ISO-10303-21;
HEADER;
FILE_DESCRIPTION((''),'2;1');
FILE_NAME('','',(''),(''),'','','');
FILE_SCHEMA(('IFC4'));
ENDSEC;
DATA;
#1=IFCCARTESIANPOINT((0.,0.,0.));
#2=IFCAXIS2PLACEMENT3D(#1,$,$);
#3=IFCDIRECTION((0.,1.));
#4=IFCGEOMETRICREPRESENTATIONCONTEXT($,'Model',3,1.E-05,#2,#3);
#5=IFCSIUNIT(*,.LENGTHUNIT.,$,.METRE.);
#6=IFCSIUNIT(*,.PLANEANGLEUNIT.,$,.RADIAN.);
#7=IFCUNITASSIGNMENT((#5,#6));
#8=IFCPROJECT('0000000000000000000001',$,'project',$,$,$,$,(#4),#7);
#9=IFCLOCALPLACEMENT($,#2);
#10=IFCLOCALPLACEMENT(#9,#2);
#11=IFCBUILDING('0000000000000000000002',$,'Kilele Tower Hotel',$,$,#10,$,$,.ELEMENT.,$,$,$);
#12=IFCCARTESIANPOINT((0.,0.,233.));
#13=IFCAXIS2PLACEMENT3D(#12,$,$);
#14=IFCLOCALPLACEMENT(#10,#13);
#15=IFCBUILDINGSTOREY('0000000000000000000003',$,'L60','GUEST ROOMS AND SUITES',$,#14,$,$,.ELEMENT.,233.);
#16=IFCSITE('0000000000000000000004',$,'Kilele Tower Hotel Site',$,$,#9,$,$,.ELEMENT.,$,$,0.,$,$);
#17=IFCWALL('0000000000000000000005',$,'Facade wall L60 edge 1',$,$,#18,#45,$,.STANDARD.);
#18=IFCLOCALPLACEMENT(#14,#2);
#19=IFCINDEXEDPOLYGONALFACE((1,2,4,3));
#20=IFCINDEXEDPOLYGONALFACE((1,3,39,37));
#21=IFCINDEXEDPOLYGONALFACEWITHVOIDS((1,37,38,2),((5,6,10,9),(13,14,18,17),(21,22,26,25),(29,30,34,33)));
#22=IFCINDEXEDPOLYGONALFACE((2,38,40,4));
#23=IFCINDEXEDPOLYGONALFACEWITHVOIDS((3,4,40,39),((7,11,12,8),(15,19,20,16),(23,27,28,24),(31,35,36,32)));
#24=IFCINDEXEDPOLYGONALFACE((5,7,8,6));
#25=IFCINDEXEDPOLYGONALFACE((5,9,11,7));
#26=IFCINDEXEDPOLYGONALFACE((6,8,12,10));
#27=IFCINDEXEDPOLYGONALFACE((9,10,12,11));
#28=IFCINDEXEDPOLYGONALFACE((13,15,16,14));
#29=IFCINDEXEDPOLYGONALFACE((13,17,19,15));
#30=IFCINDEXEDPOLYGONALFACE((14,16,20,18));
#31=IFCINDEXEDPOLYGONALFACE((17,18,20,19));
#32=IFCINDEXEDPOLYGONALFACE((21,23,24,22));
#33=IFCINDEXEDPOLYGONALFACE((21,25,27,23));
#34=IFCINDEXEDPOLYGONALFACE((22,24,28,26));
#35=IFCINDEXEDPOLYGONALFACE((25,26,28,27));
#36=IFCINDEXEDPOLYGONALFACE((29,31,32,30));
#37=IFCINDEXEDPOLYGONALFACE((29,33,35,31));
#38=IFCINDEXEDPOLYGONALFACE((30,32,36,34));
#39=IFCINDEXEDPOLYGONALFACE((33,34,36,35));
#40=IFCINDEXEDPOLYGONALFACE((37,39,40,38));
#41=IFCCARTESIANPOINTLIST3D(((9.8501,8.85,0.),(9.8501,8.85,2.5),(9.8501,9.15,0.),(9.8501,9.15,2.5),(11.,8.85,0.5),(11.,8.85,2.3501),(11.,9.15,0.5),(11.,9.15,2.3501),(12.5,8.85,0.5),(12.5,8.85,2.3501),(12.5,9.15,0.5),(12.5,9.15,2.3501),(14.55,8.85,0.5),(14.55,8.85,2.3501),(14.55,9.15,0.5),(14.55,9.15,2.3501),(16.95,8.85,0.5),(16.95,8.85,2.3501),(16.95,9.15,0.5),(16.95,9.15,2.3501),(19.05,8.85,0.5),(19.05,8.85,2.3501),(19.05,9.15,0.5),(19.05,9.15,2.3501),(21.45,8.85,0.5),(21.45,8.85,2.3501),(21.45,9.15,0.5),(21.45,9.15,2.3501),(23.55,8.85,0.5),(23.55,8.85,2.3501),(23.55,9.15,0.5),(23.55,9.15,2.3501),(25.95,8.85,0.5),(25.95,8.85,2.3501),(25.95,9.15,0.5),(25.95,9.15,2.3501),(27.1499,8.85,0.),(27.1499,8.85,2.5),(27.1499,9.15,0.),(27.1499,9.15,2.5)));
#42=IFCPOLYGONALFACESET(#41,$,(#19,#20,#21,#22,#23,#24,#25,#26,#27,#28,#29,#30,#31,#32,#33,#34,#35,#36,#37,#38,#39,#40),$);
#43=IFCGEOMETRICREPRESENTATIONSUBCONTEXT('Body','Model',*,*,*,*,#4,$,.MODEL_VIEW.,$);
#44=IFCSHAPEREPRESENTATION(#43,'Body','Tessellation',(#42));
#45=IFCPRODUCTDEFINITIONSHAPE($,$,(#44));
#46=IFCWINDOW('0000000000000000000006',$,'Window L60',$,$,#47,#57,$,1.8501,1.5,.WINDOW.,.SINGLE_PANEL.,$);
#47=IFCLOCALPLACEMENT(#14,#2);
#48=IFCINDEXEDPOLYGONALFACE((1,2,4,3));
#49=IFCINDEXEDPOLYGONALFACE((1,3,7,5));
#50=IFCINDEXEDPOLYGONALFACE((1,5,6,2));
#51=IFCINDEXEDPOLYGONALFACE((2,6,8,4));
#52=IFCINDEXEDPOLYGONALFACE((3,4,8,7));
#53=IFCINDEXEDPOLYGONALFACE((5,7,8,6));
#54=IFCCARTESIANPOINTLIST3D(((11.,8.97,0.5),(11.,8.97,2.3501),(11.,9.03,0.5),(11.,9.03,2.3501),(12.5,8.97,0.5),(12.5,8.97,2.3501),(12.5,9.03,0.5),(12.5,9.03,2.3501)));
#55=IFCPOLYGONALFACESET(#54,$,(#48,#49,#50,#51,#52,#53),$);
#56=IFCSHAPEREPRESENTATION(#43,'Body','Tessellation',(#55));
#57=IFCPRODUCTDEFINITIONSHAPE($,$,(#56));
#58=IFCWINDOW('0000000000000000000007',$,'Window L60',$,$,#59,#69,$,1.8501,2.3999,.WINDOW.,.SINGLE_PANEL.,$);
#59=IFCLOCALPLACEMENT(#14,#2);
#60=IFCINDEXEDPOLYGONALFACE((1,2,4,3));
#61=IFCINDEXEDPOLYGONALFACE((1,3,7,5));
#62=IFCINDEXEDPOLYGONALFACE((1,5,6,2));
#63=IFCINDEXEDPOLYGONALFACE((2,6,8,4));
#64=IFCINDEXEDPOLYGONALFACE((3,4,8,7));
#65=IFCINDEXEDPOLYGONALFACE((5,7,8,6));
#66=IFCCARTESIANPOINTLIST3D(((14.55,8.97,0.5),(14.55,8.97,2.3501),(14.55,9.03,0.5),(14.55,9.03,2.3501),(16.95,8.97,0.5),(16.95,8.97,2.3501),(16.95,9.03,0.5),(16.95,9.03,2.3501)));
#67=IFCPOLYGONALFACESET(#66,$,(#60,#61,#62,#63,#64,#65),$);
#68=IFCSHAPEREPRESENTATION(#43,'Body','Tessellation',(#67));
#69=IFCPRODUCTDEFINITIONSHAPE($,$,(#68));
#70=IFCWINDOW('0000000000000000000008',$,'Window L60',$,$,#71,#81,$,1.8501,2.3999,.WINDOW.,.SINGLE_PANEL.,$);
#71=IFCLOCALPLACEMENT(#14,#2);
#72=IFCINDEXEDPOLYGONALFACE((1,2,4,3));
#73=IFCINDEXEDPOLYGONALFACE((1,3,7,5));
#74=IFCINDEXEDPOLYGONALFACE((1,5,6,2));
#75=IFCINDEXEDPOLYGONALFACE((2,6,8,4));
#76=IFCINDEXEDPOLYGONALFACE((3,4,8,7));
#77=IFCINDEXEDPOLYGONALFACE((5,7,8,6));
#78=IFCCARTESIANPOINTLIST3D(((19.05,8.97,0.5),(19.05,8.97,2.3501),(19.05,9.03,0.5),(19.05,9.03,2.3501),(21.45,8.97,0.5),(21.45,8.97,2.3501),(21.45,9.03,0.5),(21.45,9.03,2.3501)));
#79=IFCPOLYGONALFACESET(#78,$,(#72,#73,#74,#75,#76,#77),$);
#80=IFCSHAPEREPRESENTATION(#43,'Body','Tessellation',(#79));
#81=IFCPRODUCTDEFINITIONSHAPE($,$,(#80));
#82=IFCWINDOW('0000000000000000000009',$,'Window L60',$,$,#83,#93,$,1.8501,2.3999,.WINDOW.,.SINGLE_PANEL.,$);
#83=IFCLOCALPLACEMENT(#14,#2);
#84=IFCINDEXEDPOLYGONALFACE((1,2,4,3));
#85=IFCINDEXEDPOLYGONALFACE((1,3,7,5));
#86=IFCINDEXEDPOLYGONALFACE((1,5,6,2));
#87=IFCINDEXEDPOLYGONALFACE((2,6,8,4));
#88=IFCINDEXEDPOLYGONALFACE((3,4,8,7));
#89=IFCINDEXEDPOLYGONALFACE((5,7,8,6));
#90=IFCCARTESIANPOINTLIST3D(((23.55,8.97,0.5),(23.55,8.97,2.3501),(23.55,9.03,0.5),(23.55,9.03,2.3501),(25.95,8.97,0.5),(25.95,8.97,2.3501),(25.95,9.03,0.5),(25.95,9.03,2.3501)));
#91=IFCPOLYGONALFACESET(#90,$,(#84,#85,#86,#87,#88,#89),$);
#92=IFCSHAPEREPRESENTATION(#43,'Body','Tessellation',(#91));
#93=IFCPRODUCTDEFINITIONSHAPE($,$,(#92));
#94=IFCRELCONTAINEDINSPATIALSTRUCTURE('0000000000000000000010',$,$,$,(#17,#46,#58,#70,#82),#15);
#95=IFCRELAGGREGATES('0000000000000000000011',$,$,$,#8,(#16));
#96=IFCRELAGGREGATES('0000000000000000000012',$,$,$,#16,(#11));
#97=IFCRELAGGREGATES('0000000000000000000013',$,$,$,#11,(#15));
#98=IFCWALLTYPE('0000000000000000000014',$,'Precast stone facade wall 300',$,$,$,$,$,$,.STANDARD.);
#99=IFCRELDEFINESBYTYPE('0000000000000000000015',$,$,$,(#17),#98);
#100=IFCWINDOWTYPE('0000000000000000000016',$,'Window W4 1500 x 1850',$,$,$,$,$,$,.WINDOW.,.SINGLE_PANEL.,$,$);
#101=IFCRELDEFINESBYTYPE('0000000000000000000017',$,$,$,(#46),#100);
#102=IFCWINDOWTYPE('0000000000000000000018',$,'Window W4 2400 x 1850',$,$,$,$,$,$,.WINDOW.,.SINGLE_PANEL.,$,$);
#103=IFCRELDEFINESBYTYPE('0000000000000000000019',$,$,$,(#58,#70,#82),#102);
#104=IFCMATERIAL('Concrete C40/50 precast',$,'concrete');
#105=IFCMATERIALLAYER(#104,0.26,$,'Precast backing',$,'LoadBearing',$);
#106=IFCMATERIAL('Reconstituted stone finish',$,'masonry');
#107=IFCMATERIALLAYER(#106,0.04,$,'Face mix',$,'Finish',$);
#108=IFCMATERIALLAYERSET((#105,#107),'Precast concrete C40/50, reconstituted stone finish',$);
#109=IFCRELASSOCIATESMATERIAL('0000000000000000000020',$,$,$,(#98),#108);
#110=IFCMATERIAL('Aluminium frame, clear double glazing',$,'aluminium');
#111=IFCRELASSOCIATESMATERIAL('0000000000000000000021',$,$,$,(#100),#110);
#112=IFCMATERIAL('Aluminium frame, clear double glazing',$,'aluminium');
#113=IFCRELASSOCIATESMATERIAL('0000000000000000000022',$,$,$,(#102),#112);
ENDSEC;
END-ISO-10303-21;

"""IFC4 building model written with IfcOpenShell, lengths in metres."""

from ifc_helpers import new_model, si_unit, direction, frame, frame_2d, origin, place, context, subcontext, project, spatial, rectangle, extrude, material, layer, layer_set, type_object, element, fill, save


model = new_model("IFC4")

# Units and contexts
model_context = context("Model", 3, precision=1e-05, world=origin(), true_north=direction((0.0, 1.0)))
body_context = subcontext(model_context, "Body", "Model", "MODEL_VIEW")
ifc_project = project(units=[si_unit("LENGTHUNIT", "METRE"), si_unit("PLANEANGLEUNIT", "RADIAN")], contexts=[model_context])

# Site, building, storey
site_placement = place(None, origin())
site = spatial("IfcSite", under=ifc_project, at=site_placement, Name="Kilele Tower Hotel Site", CompositionType="ELEMENT", RefElevation=0.0)
building_placement = place(site_placement, origin())
building = spatial("IfcBuilding", under=site, at=building_placement, Name="Kilele Tower Hotel", CompositionType="ELEMENT")
storey_placement = place(building_placement, frame((0.0, 0.0, 233.0)))
storey = spatial("IfcBuildingStorey", under=building, at=storey_placement, Name="L60", Description="GUEST ROOMS AND SUITES", CompositionType="ELEMENT", Elevation=233.0)

# Wall, openings, windows
ifc_material_1 = material(Name="Concrete C40/50 precast", Category="concrete")
ifc_layer_1 = layer(ifc_material_1, 0.26, Name="Precast backing", Category="LoadBearing")
ifc_material_2 = material(Name="Reconstituted stone finish", Category="masonry")
ifc_layer_2 = layer(ifc_material_2, 0.04, Name="Face mix", Category="Finish")
ifc_layer_set_1 = layer_set([ifc_layer_1, ifc_layer_2], Name="Precast concrete C40/50, reconstituted stone finish")
wall_type = type_object("IfcWallType", Name="Precast stone facade wall 300", PredefinedType="STANDARD", material=ifc_layer_set_1)
wall_placement = place(storey_placement, frame((9.8501, 9.0, 0.0), z_axis=(0.0, 0.0, 1.0), x_axis=(1.0, 0.0, 0.0)))
wall = element("IfcWall", 1, at=wall_placement, inside=storey, type_object=wall_type, Name="Facade wall L60 edge 1", PredefinedType="STANDARD", context=body_context, shape_type="SweptSolid", body=[
    extrude(rectangle(XDim=17.2998, YDim=0.3, at=frame_2d((8.6499, 0.0))), origin(), (0.0, 0.0, 1.0), 2.5),
])
opening_1_placement = place(wall_placement, frame((1.1499, 0.0, 0.5)))
opening_1 = element("IfcOpeningElement", 2, at=opening_1_placement, cuts=wall, PredefinedType="OPENING", context=body_context, shape_type="SweptSolid", body=[
    extrude(rectangle(XDim=1.5, YDim=1.8501, at=frame_2d((0.75, 0.925))), frame((0.0, 0.1599, 0.0), z_axis=(0.0, -1.0, 0.0), x_axis=(1.0, 0.0, 0.0)), (0.0, 0.0, 1.0), 0.3201),
])
opening_2_placement = place(wall_placement, frame((4.7, 0.0, 0.5)))
opening_2 = element("IfcOpeningElement", 3, at=opening_2_placement, cuts=wall, PredefinedType="OPENING", context=body_context, shape_type="SweptSolid", body=[
    extrude(rectangle(XDim=2.3999, YDim=1.8501, at=frame_2d((1.2, 0.925))), frame((0.0, 0.1599, 0.0), z_axis=(0.0, -1.0, 0.0), x_axis=(1.0, 0.0, 0.0)), (0.0, 0.0, 1.0), 0.3201),
])
opening_3_placement = place(wall_placement, frame((9.2, 0.0, 0.5)))
opening_3 = element("IfcOpeningElement", 4, at=opening_3_placement, cuts=wall, PredefinedType="OPENING", context=body_context, shape_type="SweptSolid", body=[
    extrude(rectangle(XDim=2.3999, YDim=1.8501, at=frame_2d((1.2, 0.925))), frame((0.0, 0.1599, 0.0), z_axis=(0.0, -1.0, 0.0), x_axis=(1.0, 0.0, 0.0)), (0.0, 0.0, 1.0), 0.3201),
])
opening_4_placement = place(wall_placement, frame((13.7, 0.0, 0.5)))
opening_4 = element("IfcOpeningElement", 5, at=opening_4_placement, cuts=wall, PredefinedType="OPENING", context=body_context, shape_type="SweptSolid", body=[
    extrude(rectangle(XDim=2.3999, YDim=1.8501, at=frame_2d((1.2, 0.925))), frame((0.0, 0.1599, 0.0), z_axis=(0.0, -1.0, 0.0), x_axis=(1.0, 0.0, 0.0)), (0.0, 0.0, 1.0), 0.3201),
])
ifc_material_3 = material(Name="Aluminium frame, clear double glazing", Category="aluminium")
window_type_1 = type_object("IfcWindowType", Name="Window W4 1500 x 1850", PartitioningType="SINGLE_PANEL", PredefinedType="WINDOW", material=ifc_material_3)
window_1_placement = place(opening_1_placement, origin())
window_1 = element("IfcWindow", 6, at=window_1_placement, inside=storey, type_object=window_type_1, Name="Window L60", OverallHeight=1.8501, OverallWidth=1.5, PartitioningType="SINGLE_PANEL", PredefinedType="WINDOW", context=body_context, shape_type="SweptSolid", body=[
    extrude(rectangle(XDim=1.5, YDim=1.8501, at=frame_2d((0.75, 0.925))), frame((0.0, 0.03, 0.0), z_axis=(0.0, -1.0, 0.0), x_axis=(1.0, 0.0, 0.0)), (0.0, 0.0, 1.0), 0.0601),
])
fill(opening_1, window_1)
ifc_material_4 = material(Name="Aluminium frame, clear double glazing", Category="aluminium")
window_type_2 = type_object("IfcWindowType", Name="Window W4 2400 x 1850", PartitioningType="SINGLE_PANEL", PredefinedType="WINDOW", material=ifc_material_4)
window_2_placement = place(opening_2_placement, origin())
window_2 = element("IfcWindow", 7, at=window_2_placement, inside=storey, type_object=window_type_2, Name="Window L60", OverallHeight=1.8501, OverallWidth=2.3999, PartitioningType="SINGLE_PANEL", PredefinedType="WINDOW", context=body_context, shape_type="SweptSolid", body=[
    extrude(rectangle(XDim=2.3999, YDim=1.8501, at=frame_2d((1.2, 0.925))), frame((0.0, 0.03, 0.0), z_axis=(0.0, -1.0, 0.0), x_axis=(1.0, 0.0, 0.0)), (0.0, 0.0, 1.0), 0.0601),
])
fill(opening_2, window_2)
window_3_placement = place(opening_3_placement, origin())
window_3 = element("IfcWindow", 8, at=window_3_placement, inside=storey, type_object=window_type_2, Name="Window L60", OverallHeight=1.8501, OverallWidth=2.3999, PartitioningType="SINGLE_PANEL", PredefinedType="WINDOW", context=body_context, shape_type="SweptSolid", body=[
    extrude(rectangle(XDim=2.3999, YDim=1.8501, at=frame_2d((1.2, 0.925))), frame((0.0, 0.03, 0.0), z_axis=(0.0, -1.0, 0.0), x_axis=(1.0, 0.0, 0.0)), (0.0, 0.0, 1.0), 0.0601),
])
fill(opening_3, window_3)
window_4_placement = place(opening_4_placement, origin())
window_4 = element("IfcWindow", 9, at=window_4_placement, inside=storey, type_object=window_type_2, Name="Window L60", OverallHeight=1.8501, OverallWidth=2.3999, PartitioningType="SINGLE_PANEL", PredefinedType="WINDOW", context=body_context, shape_type="SweptSolid", body=[
    extrude(rectangle(XDim=2.3999, YDim=1.8501, at=frame_2d((1.2, 0.925))), frame((0.0, 0.03, 0.0), z_axis=(0.0, -1.0, 0.0), x_axis=(1.0, 0.0, 0.0)), (0.0, 0.0, 1.0), 0.0601),
])
fill(opening_4, window_4)

save(model, "model.ifc")
